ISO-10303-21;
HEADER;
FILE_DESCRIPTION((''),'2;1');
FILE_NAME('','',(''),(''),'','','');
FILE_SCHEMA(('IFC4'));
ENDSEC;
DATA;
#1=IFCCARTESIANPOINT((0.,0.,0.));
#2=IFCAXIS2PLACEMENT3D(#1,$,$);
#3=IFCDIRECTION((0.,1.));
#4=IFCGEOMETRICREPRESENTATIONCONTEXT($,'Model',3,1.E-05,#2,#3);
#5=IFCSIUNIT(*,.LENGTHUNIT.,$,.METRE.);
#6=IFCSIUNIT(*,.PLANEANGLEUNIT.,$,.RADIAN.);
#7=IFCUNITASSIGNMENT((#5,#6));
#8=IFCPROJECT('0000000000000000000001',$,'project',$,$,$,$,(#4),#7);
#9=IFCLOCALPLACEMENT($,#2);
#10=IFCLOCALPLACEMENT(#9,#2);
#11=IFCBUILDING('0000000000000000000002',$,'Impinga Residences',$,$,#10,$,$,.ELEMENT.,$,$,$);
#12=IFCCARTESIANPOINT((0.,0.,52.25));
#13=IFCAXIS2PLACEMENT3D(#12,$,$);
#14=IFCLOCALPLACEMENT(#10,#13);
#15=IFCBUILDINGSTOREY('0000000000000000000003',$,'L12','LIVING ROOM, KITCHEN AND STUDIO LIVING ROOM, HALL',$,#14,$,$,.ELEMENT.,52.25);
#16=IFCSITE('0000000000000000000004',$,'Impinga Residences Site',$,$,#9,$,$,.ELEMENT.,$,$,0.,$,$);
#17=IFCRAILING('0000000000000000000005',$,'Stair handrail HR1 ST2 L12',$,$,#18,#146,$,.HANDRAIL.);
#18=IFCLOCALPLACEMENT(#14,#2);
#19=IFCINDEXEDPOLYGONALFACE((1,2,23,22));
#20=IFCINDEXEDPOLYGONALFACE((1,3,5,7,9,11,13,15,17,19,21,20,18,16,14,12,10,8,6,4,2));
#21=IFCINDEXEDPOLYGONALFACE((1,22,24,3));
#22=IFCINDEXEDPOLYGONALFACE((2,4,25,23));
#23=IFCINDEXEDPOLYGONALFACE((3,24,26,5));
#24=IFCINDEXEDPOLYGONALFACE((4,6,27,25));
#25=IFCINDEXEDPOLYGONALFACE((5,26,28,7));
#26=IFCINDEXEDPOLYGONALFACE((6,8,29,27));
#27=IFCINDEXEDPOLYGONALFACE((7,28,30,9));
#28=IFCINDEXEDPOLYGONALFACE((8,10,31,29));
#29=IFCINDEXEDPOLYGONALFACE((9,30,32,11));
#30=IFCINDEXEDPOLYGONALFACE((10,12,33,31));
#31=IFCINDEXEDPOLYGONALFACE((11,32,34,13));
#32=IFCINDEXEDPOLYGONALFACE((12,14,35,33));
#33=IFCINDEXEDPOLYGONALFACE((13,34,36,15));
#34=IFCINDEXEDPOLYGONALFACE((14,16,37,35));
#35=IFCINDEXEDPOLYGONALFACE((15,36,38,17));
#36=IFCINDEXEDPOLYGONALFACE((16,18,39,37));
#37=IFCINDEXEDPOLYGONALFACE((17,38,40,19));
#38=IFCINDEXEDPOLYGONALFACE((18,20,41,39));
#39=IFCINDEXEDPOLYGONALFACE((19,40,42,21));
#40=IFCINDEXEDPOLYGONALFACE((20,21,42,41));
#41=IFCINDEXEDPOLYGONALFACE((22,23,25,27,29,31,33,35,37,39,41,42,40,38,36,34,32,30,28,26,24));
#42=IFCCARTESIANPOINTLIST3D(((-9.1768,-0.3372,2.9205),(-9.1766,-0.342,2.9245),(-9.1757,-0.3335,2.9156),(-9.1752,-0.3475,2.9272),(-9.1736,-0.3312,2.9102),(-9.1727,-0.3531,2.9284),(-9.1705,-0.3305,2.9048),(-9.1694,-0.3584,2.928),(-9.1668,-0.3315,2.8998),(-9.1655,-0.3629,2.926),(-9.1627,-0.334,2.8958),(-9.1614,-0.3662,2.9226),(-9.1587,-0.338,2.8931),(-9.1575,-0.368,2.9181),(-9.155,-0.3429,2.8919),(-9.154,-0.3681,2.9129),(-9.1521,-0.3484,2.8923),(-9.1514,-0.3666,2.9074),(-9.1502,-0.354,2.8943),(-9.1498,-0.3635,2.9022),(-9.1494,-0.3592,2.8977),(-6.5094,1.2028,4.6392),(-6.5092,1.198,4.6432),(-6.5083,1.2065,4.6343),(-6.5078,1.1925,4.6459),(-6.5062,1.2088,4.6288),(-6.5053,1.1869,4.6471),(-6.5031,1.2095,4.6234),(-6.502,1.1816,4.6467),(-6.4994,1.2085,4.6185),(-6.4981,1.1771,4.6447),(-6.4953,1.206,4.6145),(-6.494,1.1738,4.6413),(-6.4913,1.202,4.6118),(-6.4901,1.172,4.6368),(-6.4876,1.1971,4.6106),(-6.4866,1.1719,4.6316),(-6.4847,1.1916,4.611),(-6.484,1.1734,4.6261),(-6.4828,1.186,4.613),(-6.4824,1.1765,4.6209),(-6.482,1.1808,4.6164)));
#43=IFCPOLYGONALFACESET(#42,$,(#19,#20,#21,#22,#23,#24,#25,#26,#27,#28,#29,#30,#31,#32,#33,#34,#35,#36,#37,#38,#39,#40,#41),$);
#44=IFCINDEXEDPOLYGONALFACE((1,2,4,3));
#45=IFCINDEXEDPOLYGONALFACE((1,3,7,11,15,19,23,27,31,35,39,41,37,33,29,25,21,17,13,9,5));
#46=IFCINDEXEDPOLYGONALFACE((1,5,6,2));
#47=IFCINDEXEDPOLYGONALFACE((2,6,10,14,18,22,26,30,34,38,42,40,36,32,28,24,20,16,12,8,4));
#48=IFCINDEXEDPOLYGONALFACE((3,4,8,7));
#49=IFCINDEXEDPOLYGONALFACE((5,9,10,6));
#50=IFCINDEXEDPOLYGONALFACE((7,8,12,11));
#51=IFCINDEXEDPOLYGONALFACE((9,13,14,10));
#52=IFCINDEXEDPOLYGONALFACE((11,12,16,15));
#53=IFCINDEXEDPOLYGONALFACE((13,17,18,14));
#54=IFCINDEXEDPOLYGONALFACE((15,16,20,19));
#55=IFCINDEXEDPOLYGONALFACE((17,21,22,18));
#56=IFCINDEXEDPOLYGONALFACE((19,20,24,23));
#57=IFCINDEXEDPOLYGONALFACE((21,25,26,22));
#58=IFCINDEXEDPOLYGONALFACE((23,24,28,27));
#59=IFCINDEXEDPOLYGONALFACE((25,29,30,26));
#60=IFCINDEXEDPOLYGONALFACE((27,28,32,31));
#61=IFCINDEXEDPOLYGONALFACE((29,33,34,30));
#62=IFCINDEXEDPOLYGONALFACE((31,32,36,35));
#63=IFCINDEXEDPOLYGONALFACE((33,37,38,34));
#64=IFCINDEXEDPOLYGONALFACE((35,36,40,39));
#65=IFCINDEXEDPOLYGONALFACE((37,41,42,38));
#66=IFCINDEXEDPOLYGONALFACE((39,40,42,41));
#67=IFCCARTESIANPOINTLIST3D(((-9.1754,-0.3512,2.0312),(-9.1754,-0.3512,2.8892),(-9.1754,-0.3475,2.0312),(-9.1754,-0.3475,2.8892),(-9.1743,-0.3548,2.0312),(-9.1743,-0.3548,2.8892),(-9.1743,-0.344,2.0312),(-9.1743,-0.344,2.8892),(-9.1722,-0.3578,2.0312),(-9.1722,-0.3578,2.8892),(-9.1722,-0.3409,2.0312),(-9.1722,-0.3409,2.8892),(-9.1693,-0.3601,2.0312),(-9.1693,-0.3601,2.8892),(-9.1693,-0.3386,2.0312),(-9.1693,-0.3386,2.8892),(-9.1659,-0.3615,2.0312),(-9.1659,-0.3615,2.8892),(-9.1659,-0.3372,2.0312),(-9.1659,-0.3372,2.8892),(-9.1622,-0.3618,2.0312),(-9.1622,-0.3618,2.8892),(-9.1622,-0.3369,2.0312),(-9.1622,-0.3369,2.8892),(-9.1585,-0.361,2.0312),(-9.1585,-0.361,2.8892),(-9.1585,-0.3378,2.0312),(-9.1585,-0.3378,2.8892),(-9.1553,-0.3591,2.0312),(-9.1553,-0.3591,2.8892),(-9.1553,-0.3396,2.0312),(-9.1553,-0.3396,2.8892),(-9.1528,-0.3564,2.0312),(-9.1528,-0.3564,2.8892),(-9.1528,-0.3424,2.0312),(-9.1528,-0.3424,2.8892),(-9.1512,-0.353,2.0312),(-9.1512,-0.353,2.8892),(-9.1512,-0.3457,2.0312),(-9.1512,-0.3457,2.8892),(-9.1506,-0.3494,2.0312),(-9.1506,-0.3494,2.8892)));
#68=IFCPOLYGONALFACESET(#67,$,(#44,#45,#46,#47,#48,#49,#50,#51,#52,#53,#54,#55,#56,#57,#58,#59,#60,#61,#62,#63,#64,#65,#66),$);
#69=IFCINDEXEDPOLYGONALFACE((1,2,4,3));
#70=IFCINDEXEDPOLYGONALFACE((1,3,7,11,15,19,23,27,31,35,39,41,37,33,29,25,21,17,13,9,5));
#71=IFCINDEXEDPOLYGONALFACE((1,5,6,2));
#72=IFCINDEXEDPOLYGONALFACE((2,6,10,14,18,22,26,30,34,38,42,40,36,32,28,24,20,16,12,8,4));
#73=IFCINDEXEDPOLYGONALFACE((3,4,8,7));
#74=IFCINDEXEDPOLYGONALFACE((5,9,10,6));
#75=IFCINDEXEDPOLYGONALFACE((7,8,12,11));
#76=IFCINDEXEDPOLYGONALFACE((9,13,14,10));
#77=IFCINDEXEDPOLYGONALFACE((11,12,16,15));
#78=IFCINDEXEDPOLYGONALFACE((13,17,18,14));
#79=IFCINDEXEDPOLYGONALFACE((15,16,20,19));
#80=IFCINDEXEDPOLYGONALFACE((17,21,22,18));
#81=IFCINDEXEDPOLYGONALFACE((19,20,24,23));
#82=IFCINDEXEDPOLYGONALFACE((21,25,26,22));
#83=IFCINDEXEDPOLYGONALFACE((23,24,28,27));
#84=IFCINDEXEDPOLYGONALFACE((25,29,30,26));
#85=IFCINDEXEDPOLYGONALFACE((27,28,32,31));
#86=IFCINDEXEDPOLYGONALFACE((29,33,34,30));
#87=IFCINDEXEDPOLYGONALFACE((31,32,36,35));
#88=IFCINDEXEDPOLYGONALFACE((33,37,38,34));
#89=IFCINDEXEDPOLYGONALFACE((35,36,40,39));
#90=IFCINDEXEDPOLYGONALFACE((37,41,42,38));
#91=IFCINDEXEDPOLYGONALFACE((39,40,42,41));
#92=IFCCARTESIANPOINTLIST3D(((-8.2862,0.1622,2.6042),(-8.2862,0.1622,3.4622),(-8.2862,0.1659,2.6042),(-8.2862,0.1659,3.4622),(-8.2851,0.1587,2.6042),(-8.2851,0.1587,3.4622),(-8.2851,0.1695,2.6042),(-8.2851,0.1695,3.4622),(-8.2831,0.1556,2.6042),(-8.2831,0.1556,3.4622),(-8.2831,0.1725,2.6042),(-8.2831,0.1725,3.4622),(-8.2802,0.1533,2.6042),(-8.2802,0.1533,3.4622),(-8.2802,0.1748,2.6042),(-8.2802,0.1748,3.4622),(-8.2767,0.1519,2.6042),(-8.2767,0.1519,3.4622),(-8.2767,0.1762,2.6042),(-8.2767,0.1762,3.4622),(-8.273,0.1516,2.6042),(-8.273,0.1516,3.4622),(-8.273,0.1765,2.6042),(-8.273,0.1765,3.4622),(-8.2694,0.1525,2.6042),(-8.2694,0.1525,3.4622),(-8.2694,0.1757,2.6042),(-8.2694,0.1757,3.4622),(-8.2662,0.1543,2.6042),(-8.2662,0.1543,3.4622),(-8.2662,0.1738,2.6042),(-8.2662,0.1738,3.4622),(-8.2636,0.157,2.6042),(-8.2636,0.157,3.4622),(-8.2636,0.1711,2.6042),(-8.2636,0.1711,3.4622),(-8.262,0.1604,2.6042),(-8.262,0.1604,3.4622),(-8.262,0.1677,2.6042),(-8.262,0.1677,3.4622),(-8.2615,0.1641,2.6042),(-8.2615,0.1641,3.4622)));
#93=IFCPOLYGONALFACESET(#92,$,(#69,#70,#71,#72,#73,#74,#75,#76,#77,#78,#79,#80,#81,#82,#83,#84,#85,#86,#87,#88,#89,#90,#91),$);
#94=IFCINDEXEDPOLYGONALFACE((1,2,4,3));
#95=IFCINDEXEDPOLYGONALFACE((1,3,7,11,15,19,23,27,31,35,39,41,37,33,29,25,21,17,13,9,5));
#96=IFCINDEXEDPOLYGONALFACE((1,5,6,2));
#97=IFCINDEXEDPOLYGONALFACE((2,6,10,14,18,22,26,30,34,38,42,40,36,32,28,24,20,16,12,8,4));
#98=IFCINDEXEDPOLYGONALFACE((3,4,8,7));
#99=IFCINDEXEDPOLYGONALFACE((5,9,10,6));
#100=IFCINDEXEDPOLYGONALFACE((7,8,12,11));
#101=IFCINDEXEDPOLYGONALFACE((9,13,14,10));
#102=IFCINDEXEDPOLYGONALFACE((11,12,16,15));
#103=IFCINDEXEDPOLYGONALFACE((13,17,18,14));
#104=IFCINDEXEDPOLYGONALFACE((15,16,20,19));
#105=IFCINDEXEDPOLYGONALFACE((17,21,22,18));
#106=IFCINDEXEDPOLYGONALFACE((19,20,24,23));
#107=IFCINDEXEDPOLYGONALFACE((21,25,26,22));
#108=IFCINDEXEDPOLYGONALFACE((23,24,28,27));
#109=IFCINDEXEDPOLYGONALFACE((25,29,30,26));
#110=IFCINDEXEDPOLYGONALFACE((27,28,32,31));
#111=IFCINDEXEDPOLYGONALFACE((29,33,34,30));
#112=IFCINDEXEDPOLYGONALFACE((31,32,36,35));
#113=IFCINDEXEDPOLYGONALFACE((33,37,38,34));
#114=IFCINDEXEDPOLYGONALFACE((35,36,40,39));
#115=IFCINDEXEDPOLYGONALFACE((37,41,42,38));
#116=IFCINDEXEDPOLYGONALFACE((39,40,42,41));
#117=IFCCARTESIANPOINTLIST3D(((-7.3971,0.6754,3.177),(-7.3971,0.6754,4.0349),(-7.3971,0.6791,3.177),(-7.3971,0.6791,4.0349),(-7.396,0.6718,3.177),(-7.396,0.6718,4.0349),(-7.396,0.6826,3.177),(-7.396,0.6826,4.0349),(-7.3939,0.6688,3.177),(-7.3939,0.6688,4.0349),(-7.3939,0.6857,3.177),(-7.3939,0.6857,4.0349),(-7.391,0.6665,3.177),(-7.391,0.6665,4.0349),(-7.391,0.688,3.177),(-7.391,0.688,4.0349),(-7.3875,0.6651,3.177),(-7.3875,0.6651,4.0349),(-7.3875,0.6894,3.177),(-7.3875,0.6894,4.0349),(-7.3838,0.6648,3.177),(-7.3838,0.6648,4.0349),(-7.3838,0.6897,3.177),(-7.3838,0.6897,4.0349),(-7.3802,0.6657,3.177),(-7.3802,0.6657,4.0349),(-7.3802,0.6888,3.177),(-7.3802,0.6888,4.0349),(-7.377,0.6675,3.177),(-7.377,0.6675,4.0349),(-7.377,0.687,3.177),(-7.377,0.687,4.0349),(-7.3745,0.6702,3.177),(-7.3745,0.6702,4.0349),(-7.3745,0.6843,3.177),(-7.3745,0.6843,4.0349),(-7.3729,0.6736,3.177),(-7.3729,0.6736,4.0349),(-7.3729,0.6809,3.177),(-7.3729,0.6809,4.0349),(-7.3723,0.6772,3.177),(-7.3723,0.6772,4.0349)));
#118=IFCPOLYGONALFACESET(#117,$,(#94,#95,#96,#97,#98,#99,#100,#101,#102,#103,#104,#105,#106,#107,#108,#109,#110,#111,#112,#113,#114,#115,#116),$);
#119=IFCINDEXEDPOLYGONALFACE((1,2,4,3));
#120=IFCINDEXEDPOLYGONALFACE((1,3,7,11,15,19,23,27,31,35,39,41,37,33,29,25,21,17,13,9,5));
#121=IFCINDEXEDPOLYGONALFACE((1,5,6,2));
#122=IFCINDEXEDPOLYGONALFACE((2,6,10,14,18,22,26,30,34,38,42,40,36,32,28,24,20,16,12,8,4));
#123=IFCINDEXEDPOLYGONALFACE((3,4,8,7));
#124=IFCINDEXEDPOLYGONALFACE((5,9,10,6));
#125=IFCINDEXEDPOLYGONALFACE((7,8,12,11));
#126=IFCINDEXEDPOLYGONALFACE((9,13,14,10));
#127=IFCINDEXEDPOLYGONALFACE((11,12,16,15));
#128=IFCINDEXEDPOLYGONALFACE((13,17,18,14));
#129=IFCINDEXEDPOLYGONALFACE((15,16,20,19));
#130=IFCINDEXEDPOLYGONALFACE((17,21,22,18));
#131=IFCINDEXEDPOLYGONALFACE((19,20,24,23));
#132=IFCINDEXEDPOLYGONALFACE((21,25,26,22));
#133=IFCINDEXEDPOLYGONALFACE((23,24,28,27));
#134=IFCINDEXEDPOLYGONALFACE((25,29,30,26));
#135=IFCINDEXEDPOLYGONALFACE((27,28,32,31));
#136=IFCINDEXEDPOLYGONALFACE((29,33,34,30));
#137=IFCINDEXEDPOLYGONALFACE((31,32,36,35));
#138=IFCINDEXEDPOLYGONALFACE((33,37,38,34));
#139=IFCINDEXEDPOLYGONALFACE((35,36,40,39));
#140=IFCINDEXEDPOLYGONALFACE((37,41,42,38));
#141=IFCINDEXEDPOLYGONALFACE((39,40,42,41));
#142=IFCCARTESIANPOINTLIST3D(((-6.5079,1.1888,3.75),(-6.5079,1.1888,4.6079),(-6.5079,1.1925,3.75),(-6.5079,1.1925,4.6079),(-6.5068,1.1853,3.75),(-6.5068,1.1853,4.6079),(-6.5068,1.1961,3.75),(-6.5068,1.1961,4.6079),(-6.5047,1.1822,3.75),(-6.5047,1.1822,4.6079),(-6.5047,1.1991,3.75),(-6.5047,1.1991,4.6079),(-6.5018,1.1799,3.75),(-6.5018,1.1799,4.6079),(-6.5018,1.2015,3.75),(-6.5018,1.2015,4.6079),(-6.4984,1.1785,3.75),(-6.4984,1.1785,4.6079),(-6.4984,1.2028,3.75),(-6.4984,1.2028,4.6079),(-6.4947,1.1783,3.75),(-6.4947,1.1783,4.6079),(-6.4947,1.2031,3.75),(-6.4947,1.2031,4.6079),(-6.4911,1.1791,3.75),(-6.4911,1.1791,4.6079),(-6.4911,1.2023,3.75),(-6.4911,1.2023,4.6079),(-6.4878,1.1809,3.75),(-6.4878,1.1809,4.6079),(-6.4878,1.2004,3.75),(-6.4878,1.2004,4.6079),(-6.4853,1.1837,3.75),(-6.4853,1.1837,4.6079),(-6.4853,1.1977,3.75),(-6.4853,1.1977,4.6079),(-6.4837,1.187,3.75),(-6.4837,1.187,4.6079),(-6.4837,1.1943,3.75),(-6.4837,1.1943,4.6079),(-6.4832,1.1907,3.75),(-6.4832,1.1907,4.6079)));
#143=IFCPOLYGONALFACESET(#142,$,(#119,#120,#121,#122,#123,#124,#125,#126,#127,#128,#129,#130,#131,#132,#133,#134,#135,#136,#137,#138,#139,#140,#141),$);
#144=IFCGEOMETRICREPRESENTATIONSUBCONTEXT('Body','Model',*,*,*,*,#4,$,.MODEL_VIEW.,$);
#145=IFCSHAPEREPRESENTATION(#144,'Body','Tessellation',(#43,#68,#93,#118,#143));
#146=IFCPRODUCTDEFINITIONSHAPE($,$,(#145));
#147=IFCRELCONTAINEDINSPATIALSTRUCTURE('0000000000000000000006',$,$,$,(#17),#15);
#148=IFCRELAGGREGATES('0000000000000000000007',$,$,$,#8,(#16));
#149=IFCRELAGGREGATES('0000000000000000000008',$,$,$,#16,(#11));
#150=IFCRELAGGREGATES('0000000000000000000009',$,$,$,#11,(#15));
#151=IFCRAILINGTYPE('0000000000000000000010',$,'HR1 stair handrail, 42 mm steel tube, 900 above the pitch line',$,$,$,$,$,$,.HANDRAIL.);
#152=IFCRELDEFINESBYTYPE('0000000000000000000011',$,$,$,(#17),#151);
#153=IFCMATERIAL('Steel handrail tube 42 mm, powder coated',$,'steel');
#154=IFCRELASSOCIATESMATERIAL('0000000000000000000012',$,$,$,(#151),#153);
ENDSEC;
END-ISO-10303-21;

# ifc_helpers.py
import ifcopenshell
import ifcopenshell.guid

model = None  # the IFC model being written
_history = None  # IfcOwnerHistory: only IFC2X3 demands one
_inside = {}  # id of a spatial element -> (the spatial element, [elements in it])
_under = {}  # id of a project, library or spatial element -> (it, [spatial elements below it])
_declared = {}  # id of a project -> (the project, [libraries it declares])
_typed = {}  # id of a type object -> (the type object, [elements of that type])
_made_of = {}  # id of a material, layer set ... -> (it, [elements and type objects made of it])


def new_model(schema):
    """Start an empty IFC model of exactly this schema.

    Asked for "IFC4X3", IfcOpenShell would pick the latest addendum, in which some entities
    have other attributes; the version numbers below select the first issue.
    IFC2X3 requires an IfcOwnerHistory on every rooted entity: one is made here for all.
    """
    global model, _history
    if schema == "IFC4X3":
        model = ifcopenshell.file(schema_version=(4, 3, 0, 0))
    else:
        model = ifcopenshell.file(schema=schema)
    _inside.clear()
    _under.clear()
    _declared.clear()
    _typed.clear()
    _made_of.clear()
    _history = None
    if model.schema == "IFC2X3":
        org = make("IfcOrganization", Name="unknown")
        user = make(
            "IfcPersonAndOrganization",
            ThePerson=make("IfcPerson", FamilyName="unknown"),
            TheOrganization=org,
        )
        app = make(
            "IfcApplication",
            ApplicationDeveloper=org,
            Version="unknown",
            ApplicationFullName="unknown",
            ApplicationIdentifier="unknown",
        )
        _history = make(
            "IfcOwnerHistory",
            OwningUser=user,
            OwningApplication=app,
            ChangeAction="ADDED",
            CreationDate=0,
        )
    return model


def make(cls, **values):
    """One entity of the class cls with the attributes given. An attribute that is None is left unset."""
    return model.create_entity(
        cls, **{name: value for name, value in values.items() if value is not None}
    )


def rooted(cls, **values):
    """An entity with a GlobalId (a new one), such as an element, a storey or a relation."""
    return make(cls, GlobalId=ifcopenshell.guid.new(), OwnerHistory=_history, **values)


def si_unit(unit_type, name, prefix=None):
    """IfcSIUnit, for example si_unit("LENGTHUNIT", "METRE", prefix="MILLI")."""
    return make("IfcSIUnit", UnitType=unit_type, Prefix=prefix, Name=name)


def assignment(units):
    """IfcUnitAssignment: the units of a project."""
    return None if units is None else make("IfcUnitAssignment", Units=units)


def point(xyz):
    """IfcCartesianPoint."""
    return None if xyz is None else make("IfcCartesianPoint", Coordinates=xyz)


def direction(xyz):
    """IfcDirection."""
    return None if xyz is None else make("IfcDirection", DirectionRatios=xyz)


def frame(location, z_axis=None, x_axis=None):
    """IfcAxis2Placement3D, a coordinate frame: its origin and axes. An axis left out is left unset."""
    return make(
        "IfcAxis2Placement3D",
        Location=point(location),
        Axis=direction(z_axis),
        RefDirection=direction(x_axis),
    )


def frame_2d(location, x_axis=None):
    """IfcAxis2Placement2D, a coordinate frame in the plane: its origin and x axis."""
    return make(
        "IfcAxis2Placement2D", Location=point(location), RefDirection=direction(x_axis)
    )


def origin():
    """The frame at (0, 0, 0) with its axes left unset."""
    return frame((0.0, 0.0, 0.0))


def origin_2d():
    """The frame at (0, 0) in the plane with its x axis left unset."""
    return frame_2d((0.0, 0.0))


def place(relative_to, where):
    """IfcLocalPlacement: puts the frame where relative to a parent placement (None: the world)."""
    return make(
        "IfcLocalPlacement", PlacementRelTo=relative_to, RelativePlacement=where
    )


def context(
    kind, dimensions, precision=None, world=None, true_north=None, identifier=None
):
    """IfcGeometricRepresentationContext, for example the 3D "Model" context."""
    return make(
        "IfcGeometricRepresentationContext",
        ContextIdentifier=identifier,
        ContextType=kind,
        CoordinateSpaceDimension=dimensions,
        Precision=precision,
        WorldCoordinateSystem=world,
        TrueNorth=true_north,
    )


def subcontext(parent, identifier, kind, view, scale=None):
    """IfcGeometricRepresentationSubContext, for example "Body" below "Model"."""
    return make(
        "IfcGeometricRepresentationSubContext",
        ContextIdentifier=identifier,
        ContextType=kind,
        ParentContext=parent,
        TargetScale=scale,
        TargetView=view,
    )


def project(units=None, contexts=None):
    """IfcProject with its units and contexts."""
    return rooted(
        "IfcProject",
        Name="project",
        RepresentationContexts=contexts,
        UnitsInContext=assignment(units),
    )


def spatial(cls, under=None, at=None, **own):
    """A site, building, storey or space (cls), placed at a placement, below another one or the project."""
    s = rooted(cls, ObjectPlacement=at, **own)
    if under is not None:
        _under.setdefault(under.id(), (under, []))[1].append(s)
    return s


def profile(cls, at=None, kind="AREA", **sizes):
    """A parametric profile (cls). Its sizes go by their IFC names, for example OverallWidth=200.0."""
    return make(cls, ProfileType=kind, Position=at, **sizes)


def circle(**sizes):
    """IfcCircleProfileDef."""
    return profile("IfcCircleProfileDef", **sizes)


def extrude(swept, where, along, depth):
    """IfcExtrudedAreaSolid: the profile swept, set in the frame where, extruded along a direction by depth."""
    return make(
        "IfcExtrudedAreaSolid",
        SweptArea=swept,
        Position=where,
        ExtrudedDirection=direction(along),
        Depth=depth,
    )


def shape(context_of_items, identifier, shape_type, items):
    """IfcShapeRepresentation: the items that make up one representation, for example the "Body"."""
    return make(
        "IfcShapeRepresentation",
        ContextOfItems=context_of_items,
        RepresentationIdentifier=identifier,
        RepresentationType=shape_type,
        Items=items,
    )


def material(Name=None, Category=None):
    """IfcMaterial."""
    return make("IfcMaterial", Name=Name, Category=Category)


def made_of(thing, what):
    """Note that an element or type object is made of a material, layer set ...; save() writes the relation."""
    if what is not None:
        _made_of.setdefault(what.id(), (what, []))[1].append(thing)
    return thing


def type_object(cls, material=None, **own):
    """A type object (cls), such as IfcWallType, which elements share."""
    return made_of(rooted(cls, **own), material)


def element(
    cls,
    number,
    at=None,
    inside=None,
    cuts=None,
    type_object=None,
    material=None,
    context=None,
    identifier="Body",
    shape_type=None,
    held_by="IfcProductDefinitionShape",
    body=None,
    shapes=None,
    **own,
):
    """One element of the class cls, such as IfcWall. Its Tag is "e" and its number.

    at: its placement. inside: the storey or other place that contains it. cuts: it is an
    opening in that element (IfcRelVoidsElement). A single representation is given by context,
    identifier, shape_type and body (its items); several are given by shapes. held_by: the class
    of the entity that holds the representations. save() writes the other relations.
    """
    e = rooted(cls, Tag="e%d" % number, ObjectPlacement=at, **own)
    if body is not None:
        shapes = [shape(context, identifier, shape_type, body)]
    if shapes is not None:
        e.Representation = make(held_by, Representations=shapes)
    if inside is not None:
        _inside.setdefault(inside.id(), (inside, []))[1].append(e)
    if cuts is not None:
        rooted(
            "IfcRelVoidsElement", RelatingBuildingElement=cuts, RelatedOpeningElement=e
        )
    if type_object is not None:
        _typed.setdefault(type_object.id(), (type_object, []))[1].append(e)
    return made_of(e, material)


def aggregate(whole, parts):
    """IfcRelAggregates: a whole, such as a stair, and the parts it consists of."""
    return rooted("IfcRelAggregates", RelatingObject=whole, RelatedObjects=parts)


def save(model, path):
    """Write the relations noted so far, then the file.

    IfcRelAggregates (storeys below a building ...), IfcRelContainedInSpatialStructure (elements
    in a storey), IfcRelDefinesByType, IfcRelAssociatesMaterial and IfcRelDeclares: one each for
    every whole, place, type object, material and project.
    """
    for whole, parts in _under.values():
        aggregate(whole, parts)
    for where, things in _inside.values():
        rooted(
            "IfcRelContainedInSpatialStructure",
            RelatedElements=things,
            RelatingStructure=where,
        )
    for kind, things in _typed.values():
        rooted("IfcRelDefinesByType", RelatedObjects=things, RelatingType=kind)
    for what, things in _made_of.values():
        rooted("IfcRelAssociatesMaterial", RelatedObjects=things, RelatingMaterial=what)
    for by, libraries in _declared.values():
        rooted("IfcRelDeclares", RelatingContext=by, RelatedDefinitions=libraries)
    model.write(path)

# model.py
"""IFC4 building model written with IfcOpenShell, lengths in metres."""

from ifc_helpers import new_model, si_unit, direction, frame, origin, origin_2d, place, context, subcontext, project, spatial, circle, extrude, material, type_object, element, save


model = new_model("IFC4")

# Units and contexts
model_context = context("Model", 3, precision=1e-05, world=origin(), true_north=direction((0.0, 1.0)))
body_context = subcontext(model_context, "Body", "Model", "MODEL_VIEW")
ifc_project = project(units=[si_unit("LENGTHUNIT", "METRE"), si_unit("PLANEANGLEUNIT", "RADIAN")], contexts=[model_context])

# Site, building, storey
site_placement = place(None, origin())
site = spatial("IfcSite", under=ifc_project, at=site_placement, Name="Impinga Residences Site", CompositionType="ELEMENT", RefElevation=0.0)
building_placement = place(site_placement, origin())
building = spatial("IfcBuilding", under=site, at=building_placement, Name="Impinga Residences", CompositionType="ELEMENT")
storey_placement = place(building_placement, frame((0.0, 0.0, 52.25)))
storey = spatial("IfcBuildingStorey", under=building, at=storey_placement, Name="L12", Description="LIVING ROOM, KITCHEN AND STUDIO LIVING ROOM, HALL", CompositionType="ELEMENT", Elevation=52.25)

# Railing
ifc_material_1 = material(Name="Steel handrail tube 42 mm, powder coated", Category="steel")
railing_type_1 = type_object("IfcRailingType", Name="HR1 stair handrail, 42 mm steel tube, 900 above the pitch line", PredefinedType="HANDRAIL", material=ifc_material_1)
railing_1_placement = place(storey_placement, frame((-9.1631, -0.3494, 2.0312)))
element("IfcRailing", 1, at=railing_1_placement, inside=storey, type_object=railing_type_1, Name="Stair handrail HR1 ST2 L12", PredefinedType="HANDRAIL", context=body_context, shape_type="SweptSolid", body=[
    extrude(circle(Radius=0.021, at=origin_2d()), frame((0.0, 0.0, 0.8789), z_axis=(0.756256, 0.436616, 0.487282), x_axis=(-0.499992, 0.86603, 0.0)), (0.0, 0.0, 1.0), 3.5271),
    extrude(circle(Radius=0.0125, at=origin_2d()), origin(), (0.0, 0.0, 1.0), 0.8579),
    extrude(circle(Radius=0.0125, at=origin_2d()), frame((0.8892, 0.5134, 0.573)), (0.0, 0.0, 1.0), 0.8579),
    extrude(circle(Radius=0.0125, at=origin_2d()), frame((1.7783, 1.0266, 1.1458)), (0.0, 0.0, 1.0), 0.8579),
    extrude(circle(Radius=0.0125, at=origin_2d()), frame((2.6675, 1.54, 1.7188)), (0.0, 0.0, 1.0), 0.8579),
])

save(model, "model.ifc")
